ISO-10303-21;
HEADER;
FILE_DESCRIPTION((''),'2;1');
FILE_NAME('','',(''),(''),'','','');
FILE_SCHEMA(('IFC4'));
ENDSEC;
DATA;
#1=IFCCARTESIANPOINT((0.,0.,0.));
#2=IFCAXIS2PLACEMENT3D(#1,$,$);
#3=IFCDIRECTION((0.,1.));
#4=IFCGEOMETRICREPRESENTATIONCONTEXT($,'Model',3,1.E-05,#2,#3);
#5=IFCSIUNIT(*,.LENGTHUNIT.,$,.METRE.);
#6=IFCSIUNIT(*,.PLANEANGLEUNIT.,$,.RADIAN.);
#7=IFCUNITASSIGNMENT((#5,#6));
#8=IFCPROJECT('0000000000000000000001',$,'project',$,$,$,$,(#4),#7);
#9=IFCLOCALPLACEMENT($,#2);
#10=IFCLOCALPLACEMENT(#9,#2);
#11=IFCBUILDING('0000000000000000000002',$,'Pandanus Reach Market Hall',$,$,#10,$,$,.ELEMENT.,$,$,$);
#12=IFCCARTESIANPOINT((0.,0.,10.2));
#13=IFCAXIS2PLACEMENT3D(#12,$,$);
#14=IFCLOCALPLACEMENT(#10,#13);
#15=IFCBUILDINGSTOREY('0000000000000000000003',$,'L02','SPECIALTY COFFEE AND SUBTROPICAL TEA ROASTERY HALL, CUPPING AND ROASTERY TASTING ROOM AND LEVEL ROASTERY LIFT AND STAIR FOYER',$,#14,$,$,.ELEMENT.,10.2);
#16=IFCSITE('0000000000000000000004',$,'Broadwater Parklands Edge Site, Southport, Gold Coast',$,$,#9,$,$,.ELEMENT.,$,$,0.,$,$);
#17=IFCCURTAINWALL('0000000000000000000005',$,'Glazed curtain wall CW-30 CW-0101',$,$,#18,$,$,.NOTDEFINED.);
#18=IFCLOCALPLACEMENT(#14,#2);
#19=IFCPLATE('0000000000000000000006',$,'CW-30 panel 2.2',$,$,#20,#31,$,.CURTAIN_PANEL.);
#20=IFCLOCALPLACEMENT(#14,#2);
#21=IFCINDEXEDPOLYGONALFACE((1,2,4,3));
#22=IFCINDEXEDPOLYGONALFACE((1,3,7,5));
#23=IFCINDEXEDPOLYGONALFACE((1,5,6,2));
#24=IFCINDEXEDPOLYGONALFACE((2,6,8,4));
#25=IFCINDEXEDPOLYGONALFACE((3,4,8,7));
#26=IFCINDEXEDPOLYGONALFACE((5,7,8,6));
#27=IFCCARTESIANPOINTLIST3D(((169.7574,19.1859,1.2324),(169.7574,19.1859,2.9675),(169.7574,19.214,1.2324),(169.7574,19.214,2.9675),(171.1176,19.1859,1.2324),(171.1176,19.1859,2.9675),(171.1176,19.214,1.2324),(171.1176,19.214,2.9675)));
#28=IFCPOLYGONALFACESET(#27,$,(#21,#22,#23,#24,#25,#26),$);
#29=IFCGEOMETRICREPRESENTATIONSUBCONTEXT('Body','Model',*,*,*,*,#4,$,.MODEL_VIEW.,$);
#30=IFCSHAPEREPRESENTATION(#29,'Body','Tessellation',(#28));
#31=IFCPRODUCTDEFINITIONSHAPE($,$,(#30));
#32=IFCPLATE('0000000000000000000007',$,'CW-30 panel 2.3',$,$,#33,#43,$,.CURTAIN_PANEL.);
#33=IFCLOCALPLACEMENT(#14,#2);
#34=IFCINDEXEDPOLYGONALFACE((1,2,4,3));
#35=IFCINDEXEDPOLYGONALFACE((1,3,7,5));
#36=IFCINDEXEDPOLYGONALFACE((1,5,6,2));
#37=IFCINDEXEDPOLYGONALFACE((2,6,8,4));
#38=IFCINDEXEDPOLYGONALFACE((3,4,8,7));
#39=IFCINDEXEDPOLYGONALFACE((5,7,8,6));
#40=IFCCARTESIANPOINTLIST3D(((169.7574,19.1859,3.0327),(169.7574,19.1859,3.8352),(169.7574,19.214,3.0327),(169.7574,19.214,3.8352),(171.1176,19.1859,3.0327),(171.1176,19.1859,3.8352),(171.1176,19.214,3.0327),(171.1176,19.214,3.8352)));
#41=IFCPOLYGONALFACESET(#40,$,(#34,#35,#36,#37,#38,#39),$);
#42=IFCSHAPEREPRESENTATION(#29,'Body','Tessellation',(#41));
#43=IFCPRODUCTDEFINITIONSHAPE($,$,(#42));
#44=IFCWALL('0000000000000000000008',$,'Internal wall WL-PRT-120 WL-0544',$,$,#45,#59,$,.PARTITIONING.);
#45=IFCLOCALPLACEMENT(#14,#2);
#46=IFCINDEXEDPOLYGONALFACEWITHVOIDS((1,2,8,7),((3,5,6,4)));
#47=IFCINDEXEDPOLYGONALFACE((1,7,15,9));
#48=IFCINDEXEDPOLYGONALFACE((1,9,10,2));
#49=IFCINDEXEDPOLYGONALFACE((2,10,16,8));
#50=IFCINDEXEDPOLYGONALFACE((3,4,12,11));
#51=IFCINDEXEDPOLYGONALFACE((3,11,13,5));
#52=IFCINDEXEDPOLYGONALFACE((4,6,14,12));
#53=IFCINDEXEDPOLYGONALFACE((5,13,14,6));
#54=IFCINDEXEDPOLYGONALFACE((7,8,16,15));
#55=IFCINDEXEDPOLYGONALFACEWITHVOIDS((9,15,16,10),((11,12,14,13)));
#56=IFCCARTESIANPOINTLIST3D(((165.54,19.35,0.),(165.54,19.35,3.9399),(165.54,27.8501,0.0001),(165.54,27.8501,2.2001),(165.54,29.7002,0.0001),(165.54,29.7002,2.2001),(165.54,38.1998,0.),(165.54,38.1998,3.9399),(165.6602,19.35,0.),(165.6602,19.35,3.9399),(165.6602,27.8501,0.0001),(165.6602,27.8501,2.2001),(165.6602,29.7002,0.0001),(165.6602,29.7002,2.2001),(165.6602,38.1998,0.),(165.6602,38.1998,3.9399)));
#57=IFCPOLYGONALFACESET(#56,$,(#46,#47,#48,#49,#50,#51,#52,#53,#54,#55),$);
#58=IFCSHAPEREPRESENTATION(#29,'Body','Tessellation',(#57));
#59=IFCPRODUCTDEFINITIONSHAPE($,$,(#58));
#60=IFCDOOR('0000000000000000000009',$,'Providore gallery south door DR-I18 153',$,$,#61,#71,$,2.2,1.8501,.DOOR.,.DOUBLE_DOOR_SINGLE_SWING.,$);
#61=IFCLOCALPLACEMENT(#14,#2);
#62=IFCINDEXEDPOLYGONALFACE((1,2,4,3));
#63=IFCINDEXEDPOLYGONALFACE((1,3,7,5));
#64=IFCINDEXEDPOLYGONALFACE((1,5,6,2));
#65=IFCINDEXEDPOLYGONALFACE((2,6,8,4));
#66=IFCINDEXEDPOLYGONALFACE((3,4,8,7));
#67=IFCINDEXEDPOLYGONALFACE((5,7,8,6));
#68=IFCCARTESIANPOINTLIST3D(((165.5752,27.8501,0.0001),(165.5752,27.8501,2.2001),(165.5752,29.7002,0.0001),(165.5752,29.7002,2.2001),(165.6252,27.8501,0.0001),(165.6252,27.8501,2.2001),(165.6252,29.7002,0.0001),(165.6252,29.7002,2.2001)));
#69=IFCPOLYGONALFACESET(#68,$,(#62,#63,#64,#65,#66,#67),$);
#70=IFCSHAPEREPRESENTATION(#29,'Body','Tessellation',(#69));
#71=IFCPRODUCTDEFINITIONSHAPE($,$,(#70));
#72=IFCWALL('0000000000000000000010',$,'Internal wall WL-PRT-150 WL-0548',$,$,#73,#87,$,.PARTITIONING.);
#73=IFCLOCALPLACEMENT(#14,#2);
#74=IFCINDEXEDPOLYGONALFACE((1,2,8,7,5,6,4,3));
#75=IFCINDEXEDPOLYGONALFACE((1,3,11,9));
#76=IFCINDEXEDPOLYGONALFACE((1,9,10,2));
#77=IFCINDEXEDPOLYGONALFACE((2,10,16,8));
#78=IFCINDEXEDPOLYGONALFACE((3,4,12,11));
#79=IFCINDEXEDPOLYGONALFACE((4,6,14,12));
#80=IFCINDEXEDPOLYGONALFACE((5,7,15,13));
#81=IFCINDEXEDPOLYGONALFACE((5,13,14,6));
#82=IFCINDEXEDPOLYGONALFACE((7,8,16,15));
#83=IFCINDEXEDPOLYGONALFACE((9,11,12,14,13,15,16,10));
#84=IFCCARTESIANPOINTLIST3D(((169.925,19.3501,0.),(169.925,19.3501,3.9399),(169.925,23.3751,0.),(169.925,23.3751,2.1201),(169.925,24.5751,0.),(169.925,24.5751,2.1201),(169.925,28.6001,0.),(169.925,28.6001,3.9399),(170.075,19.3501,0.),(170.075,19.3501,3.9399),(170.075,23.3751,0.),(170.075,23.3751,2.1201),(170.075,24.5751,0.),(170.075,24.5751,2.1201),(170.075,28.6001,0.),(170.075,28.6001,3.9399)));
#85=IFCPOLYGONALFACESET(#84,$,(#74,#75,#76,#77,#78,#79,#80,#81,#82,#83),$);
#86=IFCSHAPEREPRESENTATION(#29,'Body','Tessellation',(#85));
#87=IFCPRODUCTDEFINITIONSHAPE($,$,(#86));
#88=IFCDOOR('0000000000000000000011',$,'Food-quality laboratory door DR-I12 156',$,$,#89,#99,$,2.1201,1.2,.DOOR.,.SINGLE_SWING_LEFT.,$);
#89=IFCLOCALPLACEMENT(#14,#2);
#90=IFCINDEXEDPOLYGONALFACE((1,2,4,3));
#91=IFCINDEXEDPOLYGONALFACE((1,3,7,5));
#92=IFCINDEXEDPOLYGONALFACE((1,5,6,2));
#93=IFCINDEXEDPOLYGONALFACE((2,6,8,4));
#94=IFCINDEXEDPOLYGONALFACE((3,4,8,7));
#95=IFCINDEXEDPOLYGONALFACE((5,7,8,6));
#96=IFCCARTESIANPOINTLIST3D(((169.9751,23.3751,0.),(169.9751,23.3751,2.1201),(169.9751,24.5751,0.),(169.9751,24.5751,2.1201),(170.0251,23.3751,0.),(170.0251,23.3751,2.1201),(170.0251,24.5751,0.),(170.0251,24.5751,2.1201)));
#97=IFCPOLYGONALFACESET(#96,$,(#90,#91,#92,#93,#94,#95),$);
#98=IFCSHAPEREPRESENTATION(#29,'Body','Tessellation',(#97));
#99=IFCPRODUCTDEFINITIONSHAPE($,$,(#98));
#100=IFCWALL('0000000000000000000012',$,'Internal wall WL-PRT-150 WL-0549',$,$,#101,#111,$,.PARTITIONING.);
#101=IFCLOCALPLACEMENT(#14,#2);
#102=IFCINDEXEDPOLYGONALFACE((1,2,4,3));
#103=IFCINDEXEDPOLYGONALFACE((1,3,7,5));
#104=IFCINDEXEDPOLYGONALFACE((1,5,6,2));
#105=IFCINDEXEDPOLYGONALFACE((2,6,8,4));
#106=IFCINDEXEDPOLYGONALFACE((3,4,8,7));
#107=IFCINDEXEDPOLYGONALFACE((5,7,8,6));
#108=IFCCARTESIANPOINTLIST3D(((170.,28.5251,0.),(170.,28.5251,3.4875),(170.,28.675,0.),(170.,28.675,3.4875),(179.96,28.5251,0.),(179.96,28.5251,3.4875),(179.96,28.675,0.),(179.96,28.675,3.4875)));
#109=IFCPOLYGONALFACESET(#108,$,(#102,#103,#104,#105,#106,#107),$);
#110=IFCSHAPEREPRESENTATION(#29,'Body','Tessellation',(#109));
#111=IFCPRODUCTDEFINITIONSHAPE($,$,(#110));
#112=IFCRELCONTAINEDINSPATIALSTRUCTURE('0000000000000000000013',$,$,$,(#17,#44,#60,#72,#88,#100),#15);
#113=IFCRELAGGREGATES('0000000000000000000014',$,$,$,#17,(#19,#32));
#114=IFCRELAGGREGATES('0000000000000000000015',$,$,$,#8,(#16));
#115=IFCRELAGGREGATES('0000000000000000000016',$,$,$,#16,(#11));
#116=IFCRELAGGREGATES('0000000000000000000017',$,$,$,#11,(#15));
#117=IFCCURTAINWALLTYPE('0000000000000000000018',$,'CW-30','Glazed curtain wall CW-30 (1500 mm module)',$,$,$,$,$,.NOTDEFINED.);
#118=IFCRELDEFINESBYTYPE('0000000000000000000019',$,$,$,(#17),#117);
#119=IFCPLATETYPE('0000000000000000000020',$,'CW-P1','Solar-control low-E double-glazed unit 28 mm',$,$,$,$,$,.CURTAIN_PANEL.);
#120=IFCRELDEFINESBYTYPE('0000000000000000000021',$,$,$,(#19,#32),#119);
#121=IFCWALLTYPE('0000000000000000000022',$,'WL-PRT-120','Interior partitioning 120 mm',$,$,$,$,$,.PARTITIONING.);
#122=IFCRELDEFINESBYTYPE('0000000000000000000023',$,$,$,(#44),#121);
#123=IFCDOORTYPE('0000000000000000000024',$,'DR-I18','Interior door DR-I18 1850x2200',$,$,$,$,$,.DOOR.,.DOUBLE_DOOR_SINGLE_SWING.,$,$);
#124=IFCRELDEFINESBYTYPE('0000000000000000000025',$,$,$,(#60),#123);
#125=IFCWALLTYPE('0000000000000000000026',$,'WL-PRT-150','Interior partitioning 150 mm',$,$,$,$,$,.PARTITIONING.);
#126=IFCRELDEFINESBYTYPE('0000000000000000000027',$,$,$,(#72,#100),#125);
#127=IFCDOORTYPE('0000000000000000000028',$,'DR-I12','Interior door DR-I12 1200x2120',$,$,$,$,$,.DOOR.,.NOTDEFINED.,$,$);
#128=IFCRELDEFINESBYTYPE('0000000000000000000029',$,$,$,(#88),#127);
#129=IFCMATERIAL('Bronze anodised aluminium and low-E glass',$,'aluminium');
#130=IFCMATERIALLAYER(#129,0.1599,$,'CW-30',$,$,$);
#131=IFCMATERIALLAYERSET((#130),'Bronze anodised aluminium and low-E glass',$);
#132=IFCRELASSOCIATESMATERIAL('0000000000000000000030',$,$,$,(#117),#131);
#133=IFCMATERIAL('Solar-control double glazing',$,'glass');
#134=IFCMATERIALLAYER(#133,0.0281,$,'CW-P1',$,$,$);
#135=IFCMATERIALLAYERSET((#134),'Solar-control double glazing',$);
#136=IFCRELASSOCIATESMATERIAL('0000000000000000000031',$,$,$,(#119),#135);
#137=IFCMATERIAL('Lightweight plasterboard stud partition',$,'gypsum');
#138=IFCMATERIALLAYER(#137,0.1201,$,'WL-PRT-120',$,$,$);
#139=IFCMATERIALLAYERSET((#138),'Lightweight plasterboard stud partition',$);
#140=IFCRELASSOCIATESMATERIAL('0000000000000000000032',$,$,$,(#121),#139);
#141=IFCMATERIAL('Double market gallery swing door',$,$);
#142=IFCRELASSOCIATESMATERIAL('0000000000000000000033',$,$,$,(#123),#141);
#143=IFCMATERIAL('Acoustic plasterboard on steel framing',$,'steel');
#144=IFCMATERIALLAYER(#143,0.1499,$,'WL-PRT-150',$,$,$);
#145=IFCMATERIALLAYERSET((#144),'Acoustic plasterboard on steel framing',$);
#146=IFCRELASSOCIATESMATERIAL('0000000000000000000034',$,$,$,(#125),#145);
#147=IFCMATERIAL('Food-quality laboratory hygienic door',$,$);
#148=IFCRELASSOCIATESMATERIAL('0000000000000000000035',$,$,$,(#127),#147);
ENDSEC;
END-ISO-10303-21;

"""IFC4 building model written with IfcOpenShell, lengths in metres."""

from ifc_helpers import new_model, si_unit, direction, frame, frame_2d, origin, origin_2d, place, context, subcontext, project, spatial, rectangle, extrude, material, layer, layer_set, type_object, element, fill, aggregate, save


model = new_model("IFC4")

# Units and contexts
model_context = context("Model", 3, precision=1e-05, world=origin(), true_north=direction((0.0, 1.0)))
body_context = subcontext(model_context, "Body", "Model", "MODEL_VIEW")
ifc_project = project(units=[si_unit("LENGTHUNIT", "METRE"), si_unit("PLANEANGLEUNIT", "RADIAN")], contexts=[model_context])

# Site, building, storey
site_placement = place(None, origin())
site = spatial("IfcSite", under=ifc_project, at=site_placement, Name="Broadwater Parklands Edge Site, Southport, Gold Coast", CompositionType="ELEMENT", RefElevation=0.0)
building_placement = place(site_placement, origin())
building = spatial("IfcBuilding", under=site, at=building_placement, Name="Pandanus Reach Market Hall", CompositionType="ELEMENT")
storey_placement = place(building_placement, frame((0.0, 0.0, 10.2)))
storey = spatial("IfcBuildingStorey", under=building, at=storey_placement, Name="L02", Description="SPECIALTY COFFEE AND SUBTROPICAL TEA ROASTERY HALL, CUPPING AND ROASTERY TASTING ROOM AND LEVEL ROASTERY LIFT AND STAIR FOYER", CompositionType="ELEMENT", Elevation=10.2)

# Shared definitions
ifc_material_1 = material(Name="Bronze anodised aluminium and low-E glass", Category="aluminium")
ifc_layer_1 = layer(ifc_material_1, 0.1599, Name="CW-30")
ifc_layer_set_1 = layer_set([ifc_layer_1], Name="Bronze anodised aluminium and low-E glass")
curtain_wall_type = type_object("IfcCurtainWallType", Name="CW-30", Description="Glazed curtain wall CW-30 (1500 mm module)", PredefinedType="NOTDEFINED", material=ifc_layer_set_1)

# Curtain wall
curtain_wall_1_placement = place(storey_placement, origin())
curtain_wall_1 = element("IfcCurtainWall", 1, at=curtain_wall_1_placement, inside=storey, type_object=curtain_wall_type, Name="Glazed curtain wall CW-30 CW-0101", PredefinedType="NOTDEFINED")

# Plates
ifc_material_2 = material(Name="Solar-control double glazing", Category="glass")
ifc_layer_2 = layer(ifc_material_2, 0.0281, Name="CW-P1")
ifc_layer_set_2 = layer_set([ifc_layer_2], Name="Solar-control double glazing")
plate_type = type_object("IfcPlateType", Name="CW-P1", Description="Solar-control low-E double-glazed unit 28 mm", PredefinedType="CURTAIN_PANEL", material=ifc_layer_set_2)
plate_1_placement = place(storey_placement, frame((170.4375, 19.2, 1.2324), z_axis=(0.0, 0.0, 1.0), x_axis=(1.0, 0.0, 0.0)))
plate_1 = element("IfcPlate", 2, at=plate_1_placement, type_object=plate_type, Name="CW-30 panel 2.2", PredefinedType="CURTAIN_PANEL", context=body_context, shape_type="SweptSolid", body=[
    extrude(rectangle(XDim=1.3601, YDim=0.0281, at=origin_2d()), origin(), (0.0, 0.0, 1.0), 1.7351),
])
plate_2_placement = place(storey_placement, frame((170.4375, 19.2, 3.0327), z_axis=(0.0, 0.0, 1.0), x_axis=(1.0, 0.0, 0.0)))
plate_2 = element("IfcPlate", 3, at=plate_2_placement, type_object=plate_type, Name="CW-30 panel 2.3", PredefinedType="CURTAIN_PANEL", context=body_context, shape_type="SweptSolid", body=[
    extrude(rectangle(XDim=1.3601, YDim=0.0281, at=origin_2d()), origin(), (0.0, 0.0, 1.0), 0.8025),
])
aggregate(curtain_wall_1, [plate_1, plate_2])

# Walls, openings, doors
ifc_material_3 = material(Name="Lightweight plasterboard stud partition", Category="gypsum")
ifc_layer_3 = layer(ifc_material_3, 0.1201, Name="WL-PRT-120")
ifc_layer_set_3 = layer_set([ifc_layer_3], Name="Lightweight plasterboard stud partition")
wall_type_1 = type_object("IfcWallType", Name="WL-PRT-120", Description="Interior partitioning 120 mm", PredefinedType="PARTITIONING", material=ifc_layer_set_3)
wall_1_placement = place(storey_placement, frame((165.6001, 19.3501, 0.0), z_axis=(0.0, 0.0, 1.0), x_axis=(0.0, 1.0, 0.0)))
wall_1 = element("IfcWall", 4, at=wall_1_placement, inside=storey, type_object=wall_type_1, Name="Internal wall WL-PRT-120 WL-0544", PredefinedType="PARTITIONING", context=body_context, shape_type="SweptSolid", body=[
    extrude(rectangle(XDim=18.8499, YDim=0.1201, at=frame_2d((9.4248, 0.0))), origin(), (0.0, 0.0, 1.0), 3.9399),
])
opening_1_placement = place(wall_1_placement, frame((8.5, 0.0, 0.0)))
opening_1 = element("IfcOpeningElement", 5, at=opening_1_placement, cuts=wall_1, PredefinedType="OPENING", context=body_context, shape_type="SweptSolid", body=[
    extrude(rectangle(XDim=1.8501, YDim=2.2, at=frame_2d((0.925, 1.1001))), frame((0.0, 0.075, 0.0), z_axis=(0.0, -1.0, 0.0), x_axis=(1.0, 0.0, 0.0)), (0.0, 0.0, 1.0), 0.1501),
])
ifc_material_4 = material(Name="Double market gallery swing door")
door_type_1 = type_object("IfcDoorType", Name="DR-I18", Description="Interior door DR-I18 1850x2200", OperationType="DOUBLE_DOOR_SINGLE_SWING", PredefinedType="DOOR", material=ifc_material_4)
door_1_placement = place(opening_1_placement, origin())
door_1 = element("IfcDoor", 6, at=door_1_placement, inside=storey, type_object=door_type_1, Name="Providore gallery south door DR-I18 153", OperationType="DOUBLE_DOOR_SINGLE_SWING", OverallHeight=2.2, OverallWidth=1.8501, PredefinedType="DOOR", context=body_context, shape_type="SweptSolid", body=[
    extrude(rectangle(XDim=1.8501, YDim=2.2, at=frame_2d((0.925, 1.1001))), frame((0.0, 0.0249, 0.0), z_axis=(0.0, -1.0, 0.0), x_axis=(1.0, 0.0, 0.0)), (0.0, 0.0, 1.0), 0.05),
])
fill(opening_1, door_1)
ifc_material_5 = material(Name="Acoustic plasterboard on steel framing", Category="steel")
ifc_layer_4 = layer(ifc_material_5, 0.1499, Name="WL-PRT-150")
ifc_layer_set_4 = layer_set([ifc_layer_4], Name="Acoustic plasterboard on steel framing")
wall_type_2 = type_object("IfcWallType", Name="WL-PRT-150", Description="Interior partitioning 150 mm", PredefinedType="PARTITIONING", material=ifc_layer_set_4)
wall_2_placement = place(storey_placement, frame((170.0, 19.3501, 0.0), z_axis=(0.0, 0.0, 1.0), x_axis=(0.0, 1.0, 0.0)))
wall_2 = element("IfcWall", 7, at=wall_2_placement, inside=storey, type_object=wall_type_2, Name="Internal wall WL-PRT-150 WL-0548", PredefinedType="PARTITIONING", context=body_context, shape_type="SweptSolid", body=[
    extrude(rectangle(XDim=9.25, YDim=0.1499, at=frame_2d((4.625, 0.0))), origin(), (0.0, 0.0, 1.0), 3.9399),
])
opening_2_placement = place(wall_2_placement, frame((4.0249, 0.0, 0.0)))
opening_2 = element("IfcOpeningElement", 8, at=opening_2_placement, cuts=wall_2, PredefinedType="OPENING", context=body_context, shape_type="SweptSolid", body=[
    extrude(rectangle(XDim=1.2, YDim=2.1201, at=frame_2d((0.6001, 1.0601))), frame((0.0, 0.0898, 0.0), z_axis=(0.0, -1.0, 0.0), x_axis=(1.0, 0.0, 0.0)), (0.0, 0.0, 1.0), 0.1799),
])
ifc_material_6 = material(Name="Food-quality laboratory hygienic door")
door_type_2 = type_object("IfcDoorType", Name="DR-I12", Description="Interior door DR-I12 1200x2120", OperationType="NOTDEFINED", PredefinedType="DOOR", material=ifc_material_6)
door_2_placement = place(opening_2_placement, origin())
door_2 = element("IfcDoor", 9, at=door_2_placement, inside=storey, type_object=door_type_2, Name="Food-quality laboratory door DR-I12 156", OperationType="SINGLE_SWING_LEFT", OverallHeight=2.1201, OverallWidth=1.2, PredefinedType="DOOR", context=body_context, shape_type="SweptSolid", body=[
    extrude(rectangle(XDim=1.2, YDim=2.1201, at=frame_2d((0.6001, 1.0601))), frame((0.0, 0.0249, 0.0), z_axis=(0.0, -1.0, 0.0), x_axis=(1.0, 0.0, 0.0)), (0.0, 0.0, 1.0), 0.05),
])
fill(opening_2, door_2)

# Wall
wall_3_placement = place(storey_placement, frame((170.0, 28.6001, 0.0), z_axis=(0.0, 0.0, 1.0), x_axis=(1.0, 0.0, 0.0)))
element("IfcWall", 10, at=wall_3_placement, inside=storey, type_object=wall_type_2, Name="Internal wall WL-PRT-150 WL-0549", PredefinedType="PARTITIONING", context=body_context, shape_type="SweptSolid", body=[
    extrude(rectangle(XDim=9.96, YDim=0.1499, at=frame_2d((4.98, 0.0))), origin(), (0.0, 0.0, 1.0), 3.4875),
])

save(model, "model.ifc")
